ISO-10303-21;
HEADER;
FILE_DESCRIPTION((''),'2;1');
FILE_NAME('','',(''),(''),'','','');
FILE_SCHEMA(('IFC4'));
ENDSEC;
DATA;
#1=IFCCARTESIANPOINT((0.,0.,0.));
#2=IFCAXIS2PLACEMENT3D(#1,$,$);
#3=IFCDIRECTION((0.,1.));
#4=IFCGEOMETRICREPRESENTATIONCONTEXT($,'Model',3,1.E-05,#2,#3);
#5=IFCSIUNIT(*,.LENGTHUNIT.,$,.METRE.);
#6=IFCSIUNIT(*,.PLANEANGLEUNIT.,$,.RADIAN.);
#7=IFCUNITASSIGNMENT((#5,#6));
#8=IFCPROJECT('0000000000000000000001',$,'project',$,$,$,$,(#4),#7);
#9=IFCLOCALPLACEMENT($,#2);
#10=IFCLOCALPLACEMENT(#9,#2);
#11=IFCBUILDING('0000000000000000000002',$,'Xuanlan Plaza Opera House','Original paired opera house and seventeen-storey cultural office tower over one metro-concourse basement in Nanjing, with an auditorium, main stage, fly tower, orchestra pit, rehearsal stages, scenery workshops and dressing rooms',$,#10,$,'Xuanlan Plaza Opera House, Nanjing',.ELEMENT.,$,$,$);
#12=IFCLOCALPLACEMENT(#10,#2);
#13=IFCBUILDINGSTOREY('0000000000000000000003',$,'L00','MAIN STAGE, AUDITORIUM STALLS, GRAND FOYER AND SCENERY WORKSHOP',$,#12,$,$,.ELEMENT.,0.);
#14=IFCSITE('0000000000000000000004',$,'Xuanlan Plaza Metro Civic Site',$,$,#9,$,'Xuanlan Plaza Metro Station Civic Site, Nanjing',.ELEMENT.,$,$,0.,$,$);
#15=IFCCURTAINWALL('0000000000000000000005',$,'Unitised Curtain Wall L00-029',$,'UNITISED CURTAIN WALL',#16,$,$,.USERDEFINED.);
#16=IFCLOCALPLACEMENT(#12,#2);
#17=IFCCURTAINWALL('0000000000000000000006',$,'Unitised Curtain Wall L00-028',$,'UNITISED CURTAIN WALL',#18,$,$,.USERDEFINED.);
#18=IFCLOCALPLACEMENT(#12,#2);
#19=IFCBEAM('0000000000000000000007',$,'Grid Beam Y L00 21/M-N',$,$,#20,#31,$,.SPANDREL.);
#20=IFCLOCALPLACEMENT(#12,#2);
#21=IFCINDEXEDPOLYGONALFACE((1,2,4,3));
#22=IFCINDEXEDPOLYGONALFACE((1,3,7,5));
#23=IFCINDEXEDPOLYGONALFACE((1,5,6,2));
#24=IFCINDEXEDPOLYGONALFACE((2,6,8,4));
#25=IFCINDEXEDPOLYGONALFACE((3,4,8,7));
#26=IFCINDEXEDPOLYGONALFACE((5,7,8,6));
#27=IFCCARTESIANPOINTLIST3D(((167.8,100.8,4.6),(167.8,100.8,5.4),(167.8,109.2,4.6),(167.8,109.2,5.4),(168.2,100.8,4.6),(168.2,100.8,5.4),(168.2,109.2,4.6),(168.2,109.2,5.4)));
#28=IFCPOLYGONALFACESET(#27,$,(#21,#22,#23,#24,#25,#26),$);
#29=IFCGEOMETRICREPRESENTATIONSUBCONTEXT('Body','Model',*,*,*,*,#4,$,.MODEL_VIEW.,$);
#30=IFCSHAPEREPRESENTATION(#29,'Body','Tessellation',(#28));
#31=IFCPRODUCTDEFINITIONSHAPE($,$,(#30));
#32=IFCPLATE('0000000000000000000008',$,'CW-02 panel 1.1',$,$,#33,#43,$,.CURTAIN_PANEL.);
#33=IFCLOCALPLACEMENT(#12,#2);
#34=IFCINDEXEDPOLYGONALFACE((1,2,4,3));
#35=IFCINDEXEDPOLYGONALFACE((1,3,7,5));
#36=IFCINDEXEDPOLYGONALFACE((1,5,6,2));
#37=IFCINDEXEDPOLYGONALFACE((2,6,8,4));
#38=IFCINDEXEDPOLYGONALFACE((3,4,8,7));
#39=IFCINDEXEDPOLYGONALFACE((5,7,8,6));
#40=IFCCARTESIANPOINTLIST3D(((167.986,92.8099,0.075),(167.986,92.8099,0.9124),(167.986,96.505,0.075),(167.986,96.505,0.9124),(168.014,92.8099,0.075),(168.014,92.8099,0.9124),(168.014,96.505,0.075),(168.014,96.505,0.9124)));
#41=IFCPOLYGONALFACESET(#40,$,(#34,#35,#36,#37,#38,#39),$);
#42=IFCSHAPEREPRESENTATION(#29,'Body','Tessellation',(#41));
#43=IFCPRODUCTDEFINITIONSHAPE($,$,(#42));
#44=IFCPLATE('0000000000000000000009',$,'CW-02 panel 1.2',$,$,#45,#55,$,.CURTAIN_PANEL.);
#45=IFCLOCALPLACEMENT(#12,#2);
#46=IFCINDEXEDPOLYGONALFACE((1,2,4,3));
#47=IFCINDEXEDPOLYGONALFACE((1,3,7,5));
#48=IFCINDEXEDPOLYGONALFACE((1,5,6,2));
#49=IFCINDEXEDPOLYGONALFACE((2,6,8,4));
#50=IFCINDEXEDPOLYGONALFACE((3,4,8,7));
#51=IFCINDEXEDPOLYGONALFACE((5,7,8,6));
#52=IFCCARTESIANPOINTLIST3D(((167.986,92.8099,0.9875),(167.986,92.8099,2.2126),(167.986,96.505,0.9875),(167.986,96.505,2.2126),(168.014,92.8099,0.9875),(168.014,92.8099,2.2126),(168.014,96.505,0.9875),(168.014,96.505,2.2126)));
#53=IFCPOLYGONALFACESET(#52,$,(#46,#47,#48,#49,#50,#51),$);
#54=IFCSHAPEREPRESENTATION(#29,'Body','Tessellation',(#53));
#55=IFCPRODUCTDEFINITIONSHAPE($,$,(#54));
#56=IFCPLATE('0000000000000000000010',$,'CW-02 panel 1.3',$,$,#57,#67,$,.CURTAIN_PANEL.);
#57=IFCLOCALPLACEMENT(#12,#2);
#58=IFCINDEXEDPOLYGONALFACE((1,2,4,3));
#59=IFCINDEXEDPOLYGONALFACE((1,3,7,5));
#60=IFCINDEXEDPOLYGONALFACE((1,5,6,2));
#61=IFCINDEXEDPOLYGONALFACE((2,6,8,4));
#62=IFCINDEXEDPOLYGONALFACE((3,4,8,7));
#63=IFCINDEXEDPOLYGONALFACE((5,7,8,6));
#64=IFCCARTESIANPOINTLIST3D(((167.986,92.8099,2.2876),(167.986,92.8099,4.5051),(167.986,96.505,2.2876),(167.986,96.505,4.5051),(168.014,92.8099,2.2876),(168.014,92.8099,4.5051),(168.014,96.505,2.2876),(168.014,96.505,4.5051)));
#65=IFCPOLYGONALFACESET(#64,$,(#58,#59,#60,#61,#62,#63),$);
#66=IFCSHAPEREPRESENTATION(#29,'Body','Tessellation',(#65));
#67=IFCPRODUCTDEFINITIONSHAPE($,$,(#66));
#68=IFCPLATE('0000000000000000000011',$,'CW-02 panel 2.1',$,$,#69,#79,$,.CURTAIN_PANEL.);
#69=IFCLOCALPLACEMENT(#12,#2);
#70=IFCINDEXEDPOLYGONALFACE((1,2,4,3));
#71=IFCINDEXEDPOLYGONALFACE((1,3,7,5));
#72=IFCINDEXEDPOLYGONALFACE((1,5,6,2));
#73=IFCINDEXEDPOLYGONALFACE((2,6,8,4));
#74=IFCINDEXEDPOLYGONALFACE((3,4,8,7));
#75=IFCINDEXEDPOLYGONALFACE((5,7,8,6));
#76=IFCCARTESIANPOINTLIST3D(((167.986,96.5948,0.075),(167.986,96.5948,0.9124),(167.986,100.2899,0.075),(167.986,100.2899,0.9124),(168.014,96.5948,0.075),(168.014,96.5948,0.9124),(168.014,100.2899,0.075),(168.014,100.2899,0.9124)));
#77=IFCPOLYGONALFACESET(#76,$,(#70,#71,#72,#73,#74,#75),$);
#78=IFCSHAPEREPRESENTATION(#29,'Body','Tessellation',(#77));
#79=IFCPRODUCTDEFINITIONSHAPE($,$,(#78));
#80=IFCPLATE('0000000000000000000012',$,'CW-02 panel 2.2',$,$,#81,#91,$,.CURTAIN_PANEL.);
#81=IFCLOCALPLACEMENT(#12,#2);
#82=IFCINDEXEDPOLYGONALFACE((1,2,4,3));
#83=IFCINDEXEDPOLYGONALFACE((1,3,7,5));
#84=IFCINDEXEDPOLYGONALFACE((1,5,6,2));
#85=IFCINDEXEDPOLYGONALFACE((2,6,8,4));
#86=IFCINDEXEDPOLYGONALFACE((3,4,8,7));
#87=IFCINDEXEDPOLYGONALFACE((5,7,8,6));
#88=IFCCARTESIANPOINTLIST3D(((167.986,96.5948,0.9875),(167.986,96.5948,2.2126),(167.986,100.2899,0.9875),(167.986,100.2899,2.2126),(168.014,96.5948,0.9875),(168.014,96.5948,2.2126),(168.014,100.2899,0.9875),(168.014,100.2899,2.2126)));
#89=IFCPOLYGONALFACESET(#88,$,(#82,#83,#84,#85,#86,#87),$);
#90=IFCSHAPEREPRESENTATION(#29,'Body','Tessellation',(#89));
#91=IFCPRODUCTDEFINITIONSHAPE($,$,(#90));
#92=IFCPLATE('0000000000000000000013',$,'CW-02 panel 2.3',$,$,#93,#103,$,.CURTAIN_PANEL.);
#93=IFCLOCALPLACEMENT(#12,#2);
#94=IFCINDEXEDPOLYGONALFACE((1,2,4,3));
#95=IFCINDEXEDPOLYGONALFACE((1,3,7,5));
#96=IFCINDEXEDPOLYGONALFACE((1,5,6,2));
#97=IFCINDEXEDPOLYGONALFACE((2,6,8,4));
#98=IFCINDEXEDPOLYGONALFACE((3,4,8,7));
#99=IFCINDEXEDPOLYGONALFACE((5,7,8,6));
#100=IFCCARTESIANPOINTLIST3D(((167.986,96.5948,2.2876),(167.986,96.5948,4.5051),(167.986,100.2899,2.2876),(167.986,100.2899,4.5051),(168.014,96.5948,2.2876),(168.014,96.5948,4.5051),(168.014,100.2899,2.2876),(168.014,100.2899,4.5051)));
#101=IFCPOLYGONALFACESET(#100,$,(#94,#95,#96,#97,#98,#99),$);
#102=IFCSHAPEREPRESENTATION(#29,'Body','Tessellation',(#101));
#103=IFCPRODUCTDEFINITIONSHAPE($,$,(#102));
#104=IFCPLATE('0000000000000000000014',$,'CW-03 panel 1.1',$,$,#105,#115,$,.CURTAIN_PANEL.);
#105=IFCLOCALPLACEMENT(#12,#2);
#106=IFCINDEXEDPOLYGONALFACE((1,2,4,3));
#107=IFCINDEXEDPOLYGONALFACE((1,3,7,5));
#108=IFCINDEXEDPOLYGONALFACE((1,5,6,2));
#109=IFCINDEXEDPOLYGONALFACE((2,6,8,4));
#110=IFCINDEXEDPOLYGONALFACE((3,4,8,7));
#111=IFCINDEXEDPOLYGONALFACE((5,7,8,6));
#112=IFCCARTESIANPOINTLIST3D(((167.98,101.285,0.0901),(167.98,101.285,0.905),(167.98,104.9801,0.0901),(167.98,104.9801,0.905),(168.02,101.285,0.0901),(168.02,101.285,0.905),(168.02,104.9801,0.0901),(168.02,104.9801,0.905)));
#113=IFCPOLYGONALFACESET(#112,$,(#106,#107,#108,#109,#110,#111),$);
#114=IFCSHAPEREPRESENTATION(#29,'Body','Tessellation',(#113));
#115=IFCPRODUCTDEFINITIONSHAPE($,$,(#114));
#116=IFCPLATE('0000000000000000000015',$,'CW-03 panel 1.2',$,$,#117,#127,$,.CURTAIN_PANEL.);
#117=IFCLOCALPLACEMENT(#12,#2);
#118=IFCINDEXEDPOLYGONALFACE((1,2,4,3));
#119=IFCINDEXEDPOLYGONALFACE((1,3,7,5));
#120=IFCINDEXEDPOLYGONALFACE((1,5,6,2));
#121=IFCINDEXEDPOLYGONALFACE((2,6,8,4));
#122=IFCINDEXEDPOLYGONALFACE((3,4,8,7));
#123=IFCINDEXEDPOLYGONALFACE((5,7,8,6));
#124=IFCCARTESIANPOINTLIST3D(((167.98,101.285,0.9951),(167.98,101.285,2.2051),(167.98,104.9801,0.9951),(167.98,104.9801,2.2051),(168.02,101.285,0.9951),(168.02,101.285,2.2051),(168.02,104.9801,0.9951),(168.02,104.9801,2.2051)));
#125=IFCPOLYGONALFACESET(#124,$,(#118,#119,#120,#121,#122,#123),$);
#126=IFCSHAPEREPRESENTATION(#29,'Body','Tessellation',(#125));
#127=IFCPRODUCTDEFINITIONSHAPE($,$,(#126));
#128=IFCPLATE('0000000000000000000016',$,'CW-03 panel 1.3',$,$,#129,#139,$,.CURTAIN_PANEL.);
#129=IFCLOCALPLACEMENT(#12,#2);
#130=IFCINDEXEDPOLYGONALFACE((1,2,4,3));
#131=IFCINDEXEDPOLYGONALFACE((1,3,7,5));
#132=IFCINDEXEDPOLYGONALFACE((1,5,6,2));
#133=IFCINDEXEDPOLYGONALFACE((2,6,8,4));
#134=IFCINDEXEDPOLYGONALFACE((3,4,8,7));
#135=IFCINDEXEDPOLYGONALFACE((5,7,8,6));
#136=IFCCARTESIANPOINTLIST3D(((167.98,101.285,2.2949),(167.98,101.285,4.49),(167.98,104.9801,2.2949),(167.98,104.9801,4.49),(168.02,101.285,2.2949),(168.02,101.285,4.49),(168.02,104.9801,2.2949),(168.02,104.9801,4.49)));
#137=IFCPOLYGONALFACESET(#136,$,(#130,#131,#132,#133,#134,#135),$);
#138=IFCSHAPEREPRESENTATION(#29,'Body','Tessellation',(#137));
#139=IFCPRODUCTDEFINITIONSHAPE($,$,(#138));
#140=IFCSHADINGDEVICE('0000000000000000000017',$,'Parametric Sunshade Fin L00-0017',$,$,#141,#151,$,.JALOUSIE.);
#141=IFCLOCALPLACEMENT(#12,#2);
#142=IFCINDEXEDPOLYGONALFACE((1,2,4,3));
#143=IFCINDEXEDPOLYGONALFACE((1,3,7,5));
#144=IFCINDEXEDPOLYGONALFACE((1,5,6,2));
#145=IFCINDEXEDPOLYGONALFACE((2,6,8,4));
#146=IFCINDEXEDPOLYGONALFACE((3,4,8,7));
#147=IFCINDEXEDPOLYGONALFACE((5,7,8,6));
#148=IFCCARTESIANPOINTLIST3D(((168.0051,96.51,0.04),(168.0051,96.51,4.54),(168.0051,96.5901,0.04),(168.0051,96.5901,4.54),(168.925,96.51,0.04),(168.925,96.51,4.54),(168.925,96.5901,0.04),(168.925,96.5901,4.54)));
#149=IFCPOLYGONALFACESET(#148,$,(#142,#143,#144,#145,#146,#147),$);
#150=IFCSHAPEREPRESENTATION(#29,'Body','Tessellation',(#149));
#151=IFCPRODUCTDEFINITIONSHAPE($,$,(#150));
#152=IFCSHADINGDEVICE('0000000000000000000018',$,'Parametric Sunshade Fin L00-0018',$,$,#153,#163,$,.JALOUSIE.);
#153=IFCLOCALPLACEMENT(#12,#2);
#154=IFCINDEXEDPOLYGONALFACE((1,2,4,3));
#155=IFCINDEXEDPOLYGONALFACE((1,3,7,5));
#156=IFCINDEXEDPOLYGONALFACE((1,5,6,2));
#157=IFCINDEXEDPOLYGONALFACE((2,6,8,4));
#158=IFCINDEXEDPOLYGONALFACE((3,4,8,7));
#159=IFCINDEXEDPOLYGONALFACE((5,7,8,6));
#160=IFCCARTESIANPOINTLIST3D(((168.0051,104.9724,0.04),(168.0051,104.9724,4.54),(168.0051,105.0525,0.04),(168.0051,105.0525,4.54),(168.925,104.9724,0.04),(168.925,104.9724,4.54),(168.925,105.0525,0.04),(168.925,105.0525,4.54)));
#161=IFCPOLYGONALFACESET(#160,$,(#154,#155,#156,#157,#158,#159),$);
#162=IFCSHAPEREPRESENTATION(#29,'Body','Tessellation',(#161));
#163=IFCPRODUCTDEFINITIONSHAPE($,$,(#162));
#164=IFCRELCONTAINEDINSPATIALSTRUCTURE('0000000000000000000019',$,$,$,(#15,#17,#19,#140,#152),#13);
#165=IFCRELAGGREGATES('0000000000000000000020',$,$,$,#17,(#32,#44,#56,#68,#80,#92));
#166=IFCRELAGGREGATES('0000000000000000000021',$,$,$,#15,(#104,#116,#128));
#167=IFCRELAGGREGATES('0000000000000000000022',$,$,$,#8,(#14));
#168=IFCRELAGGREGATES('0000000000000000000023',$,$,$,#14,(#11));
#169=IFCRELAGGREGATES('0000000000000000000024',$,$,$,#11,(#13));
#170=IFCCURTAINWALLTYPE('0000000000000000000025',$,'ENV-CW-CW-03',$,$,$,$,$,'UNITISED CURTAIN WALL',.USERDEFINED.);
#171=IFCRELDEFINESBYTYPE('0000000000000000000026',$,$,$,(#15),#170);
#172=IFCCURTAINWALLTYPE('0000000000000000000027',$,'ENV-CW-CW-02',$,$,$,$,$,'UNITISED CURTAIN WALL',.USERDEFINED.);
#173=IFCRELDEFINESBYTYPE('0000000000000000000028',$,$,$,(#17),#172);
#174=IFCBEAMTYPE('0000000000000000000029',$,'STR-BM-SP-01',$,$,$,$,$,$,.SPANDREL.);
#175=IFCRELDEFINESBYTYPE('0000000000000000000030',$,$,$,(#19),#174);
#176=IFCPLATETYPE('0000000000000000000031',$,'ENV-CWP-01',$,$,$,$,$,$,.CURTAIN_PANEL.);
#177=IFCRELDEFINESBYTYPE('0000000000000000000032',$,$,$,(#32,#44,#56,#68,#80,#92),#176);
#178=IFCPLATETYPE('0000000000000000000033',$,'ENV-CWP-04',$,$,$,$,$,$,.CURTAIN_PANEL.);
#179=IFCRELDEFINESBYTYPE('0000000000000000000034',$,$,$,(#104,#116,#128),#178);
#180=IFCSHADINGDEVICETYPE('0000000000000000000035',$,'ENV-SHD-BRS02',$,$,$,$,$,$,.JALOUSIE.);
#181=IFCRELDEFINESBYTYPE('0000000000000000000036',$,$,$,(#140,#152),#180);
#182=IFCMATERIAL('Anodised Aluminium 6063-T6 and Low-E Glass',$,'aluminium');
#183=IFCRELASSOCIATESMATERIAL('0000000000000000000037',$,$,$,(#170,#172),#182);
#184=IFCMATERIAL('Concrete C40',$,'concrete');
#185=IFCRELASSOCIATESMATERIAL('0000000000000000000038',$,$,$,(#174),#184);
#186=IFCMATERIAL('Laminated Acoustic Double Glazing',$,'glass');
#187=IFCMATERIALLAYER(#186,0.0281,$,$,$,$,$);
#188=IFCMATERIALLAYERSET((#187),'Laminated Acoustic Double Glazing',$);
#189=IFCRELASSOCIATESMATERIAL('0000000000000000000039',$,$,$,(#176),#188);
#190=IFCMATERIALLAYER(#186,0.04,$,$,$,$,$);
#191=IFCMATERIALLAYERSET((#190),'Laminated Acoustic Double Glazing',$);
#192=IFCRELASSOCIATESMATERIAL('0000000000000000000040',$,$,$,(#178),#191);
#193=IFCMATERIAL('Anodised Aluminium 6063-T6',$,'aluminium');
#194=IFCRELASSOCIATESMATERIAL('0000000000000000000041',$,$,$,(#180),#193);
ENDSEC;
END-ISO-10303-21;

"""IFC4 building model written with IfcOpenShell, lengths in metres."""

from ifc_helpers import new_model, si_unit, direction, frame, origin, origin_2d, place, context, subcontext, project, spatial, rectangle, extrude, material, layer, layer_set, material_profile, profile_set, type_object, element, aggregate, save


model = new_model("IFC4")

# Units and contexts
model_context = context("Model", 3, precision=1e-05, world=origin(), true_north=direction((0.0, 1.0)))
body_context = subcontext(model_context, "Body", "Model", "MODEL_VIEW")
ifc_project = project(units=[si_unit("LENGTHUNIT", "METRE"), si_unit("PLANEANGLEUNIT", "RADIAN")], contexts=[model_context])

# Site, building, storey
site_placement = place(None, origin())
site = spatial("IfcSite", under=ifc_project, at=site_placement, Name="Xuanlan Plaza Metro Civic Site", LongName="Xuanlan Plaza Metro Station Civic Site, Nanjing", CompositionType="ELEMENT", RefElevation=0.0)
building_placement = place(site_placement, origin())
building = spatial("IfcBuilding", under=site, at=building_placement, Name="Xuanlan Plaza Opera House", Description="Original paired opera house and seventeen-storey cultural office tower over one metro-concourse basement in Nanjing, with an auditorium, main stage, fly tower, orchestra pit, rehearsal stages, scenery workshops and dressing rooms", LongName="Xuanlan Plaza Opera House, Nanjing", CompositionType="ELEMENT")
storey_placement = place(building_placement, origin())
storey = spatial("IfcBuildingStorey", under=building, at=storey_placement, Name="L00", Description="MAIN STAGE, AUDITORIUM STALLS, GRAND FOYER AND SCENERY WORKSHOP", CompositionType="ELEMENT", Elevation=0.0)

# Shared definitions
ifc_material_1 = material(Name="Concrete C40", Category="concrete")

# Curtain walls
ifc_material_2 = material(Name="Anodised Aluminium 6063-T6 and Low-E Glass", Category="aluminium")
curtain_wall_type_1 = type_object("IfcCurtainWallType", Name="ENV-CW-CW-03", ElementType="UNITISED CURTAIN WALL", PredefinedType="USERDEFINED", material=ifc_material_2)
curtain_wall_1_placement = place(storey_placement, origin())
curtain_wall_1 = element("IfcCurtainWall", 1, at=curtain_wall_1_placement, inside=storey, type_object=curtain_wall_type_1, Name="Unitised Curtain Wall L00-029", ObjectType="UNITISED CURTAIN WALL", PredefinedType="USERDEFINED")
ifc_material_3 = material(Name="Anodised Aluminium 6063-T6", Category="aluminium")
curtain_wall_type_2 = type_object("IfcCurtainWallType", Name="ENV-CW-CW-02", ElementType="UNITISED CURTAIN WALL", PredefinedType="USERDEFINED", material=ifc_material_2)
curtain_wall_2_placement = place(storey_placement, origin())
curtain_wall_2 = element("IfcCurtainWall", 2, at=curtain_wall_2_placement, inside=storey, type_object=curtain_wall_type_2, Name="Unitised Curtain Wall L00-028", ObjectType="UNITISED CURTAIN WALL", PredefinedType="USERDEFINED")

# Beam
ifc_material_profile_1 = material_profile(ifc_material_1, rectangle(XDim=0.3999, YDim=0.8, at=origin_2d()), Name="RC-SPD 400x800")
ifc_profile_set_1 = profile_set([ifc_material_profile_1], Name="Concrete C40")
beam_type = type_object("IfcBeamType", Name="STR-BM-SP-01", PredefinedType="SPANDREL", material=ifc_profile_set_1)
beam_placement = place(storey_placement, frame((168.0, 100.8, 5.0), z_axis=(0.0, 1.0, 0.0), x_axis=(-1.0, 0.0, 0.0)))
element("IfcBeam", 3, at=beam_placement, inside=storey, type_object=beam_type, Name="Grid Beam Y L00 21/M-N", PredefinedType="SPANDREL", context=body_context, shape_type="SweptSolid", body=[
    extrude(rectangle(XDim=0.3999, YDim=0.8, at=origin_2d()), origin(), (0.0, 0.0, 1.0), 8.3999),
])

# Plates
ifc_material_4 = material(Name="Laminated Acoustic Double Glazing", Category="glass")
ifc_layer_1 = layer(ifc_material_4, 0.0281)
ifc_layer_set_1 = layer_set([ifc_layer_1], Name="Laminated Acoustic Double Glazing")
plate_type_1 = type_object("IfcPlateType", Name="ENV-CWP-01", PredefinedType="CURTAIN_PANEL", material=ifc_layer_set_1)
plate_1_placement = place(storey_placement, frame((168.0, 94.6575, 0.075), z_axis=(0.0, 0.0, 1.0), x_axis=(0.0, 1.0, 0.0)))
plate_1 = element("IfcPlate", 4, at=plate_1_placement, type_object=plate_type_1, Name="CW-02 panel 1.1", PredefinedType="CURTAIN_PANEL", context=body_context, shape_type="SweptSolid", body=[
    extrude(rectangle(XDim=3.6951, YDim=0.0281, at=origin_2d()), origin(), (0.0, 0.0, 1.0), 0.8374),
])
plate_2_placement = place(storey_placement, frame((168.0, 94.6575, 0.9875), z_axis=(0.0, 0.0, 1.0), x_axis=(0.0, 1.0, 0.0)))
plate_2 = element("IfcPlate", 5, at=plate_2_placement, type_object=plate_type_1, Name="CW-02 panel 1.2", PredefinedType="CURTAIN_PANEL", context=body_context, shape_type="SweptSolid", body=[
    extrude(rectangle(XDim=3.6951, YDim=0.0281, at=origin_2d()), origin(), (0.0, 0.0, 1.0), 1.2251),
])
plate_3_placement = place(storey_placement, frame((168.0, 94.6575, 2.2876), z_axis=(0.0, 0.0, 1.0), x_axis=(0.0, 1.0, 0.0)))
plate_3 = element("IfcPlate", 6, at=plate_3_placement, type_object=plate_type_1, Name="CW-02 panel 1.3", PredefinedType="CURTAIN_PANEL", context=body_context, shape_type="SweptSolid", body=[
    extrude(rectangle(XDim=3.6951, YDim=0.0281, at=origin_2d()), origin(), (0.0, 0.0, 1.0), 2.2175),
])
plate_4_placement = place(storey_placement, frame((168.0, 98.4424, 0.075), z_axis=(0.0, 0.0, 1.0), x_axis=(0.0, 1.0, 0.0)))
plate_4 = element("IfcPlate", 7, at=plate_4_placement, type_object=plate_type_1, Name="CW-02 panel 2.1", PredefinedType="CURTAIN_PANEL", context=body_context, shape_type="SweptSolid", body=[
    extrude(rectangle(XDim=3.6951, YDim=0.0281, at=origin_2d()), origin(), (0.0, 0.0, 1.0), 0.8374),
])
plate_5_placement = place(storey_placement, frame((168.0, 98.4424, 0.9875), z_axis=(0.0, 0.0, 1.0), x_axis=(0.0, 1.0, 0.0)))
plate_5 = element("IfcPlate", 8, at=plate_5_placement, type_object=plate_type_1, Name="CW-02 panel 2.2", PredefinedType="CURTAIN_PANEL", context=body_context, shape_type="SweptSolid", body=[
    extrude(rectangle(XDim=3.6951, YDim=0.0281, at=origin_2d()), origin(), (0.0, 0.0, 1.0), 1.2251),
])
plate_6_placement = place(storey_placement, frame((168.0, 98.4424, 2.2876), z_axis=(0.0, 0.0, 1.0), x_axis=(0.0, 1.0, 0.0)))
plate_6 = element("IfcPlate", 9, at=plate_6_placement, type_object=plate_type_1, Name="CW-02 panel 2.3", PredefinedType="CURTAIN_PANEL", context=body_context, shape_type="SweptSolid", body=[
    extrude(rectangle(XDim=3.6951, YDim=0.0281, at=origin_2d()), origin(), (0.0, 0.0, 1.0), 2.2175),
])
aggregate(curtain_wall_2, [plate_1, plate_2, plate_3, plate_4, plate_5, plate_6])
ifc_layer_2 = layer(ifc_material_4, 0.04)
ifc_layer_set_2 = layer_set([ifc_layer_2], Name="Laminated Acoustic Double Glazing")
plate_type_2 = type_object("IfcPlateType", Name="ENV-CWP-04", PredefinedType="CURTAIN_PANEL", material=ifc_layer_set_2)
plate_7_placement = place(storey_placement, frame((168.0, 103.1326, 0.0901), z_axis=(0.0, 0.0, 1.0), x_axis=(0.0, 1.0, 0.0)))
plate_7 = element("IfcPlate", 10, at=plate_7_placement, type_object=plate_type_2, Name="CW-03 panel 1.1", PredefinedType="CURTAIN_PANEL", context=body_context, shape_type="SweptSolid", body=[
    extrude(rectangle(XDim=3.6951, YDim=0.04, at=origin_2d()), origin(), (0.0, 0.0, 1.0), 0.8149),
])
plate_8_placement = place(storey_placement, frame((168.0, 103.1326, 0.9951), z_axis=(0.0, 0.0, 1.0), x_axis=(0.0, 1.0, 0.0)))
plate_8 = element("IfcPlate", 11, at=plate_8_placement, type_object=plate_type_2, Name="CW-03 panel 1.2", PredefinedType="CURTAIN_PANEL", context=body_context, shape_type="SweptSolid", body=[
    extrude(rectangle(XDim=3.6951, YDim=0.04, at=origin_2d()), origin(), (0.0, 0.0, 1.0), 1.21),
])
plate_9_placement = place(storey_placement, frame((168.0, 103.1326, 2.2949), z_axis=(0.0, 0.0, 1.0), x_axis=(0.0, 1.0, 0.0)))
plate_9 = element("IfcPlate", 12, at=plate_9_placement, type_object=plate_type_2, Name="CW-03 panel 1.3", PredefinedType="CURTAIN_PANEL", context=body_context, shape_type="SweptSolid", body=[
    extrude(rectangle(XDim=3.6951, YDim=0.04, at=origin_2d()), origin(), (0.0, 0.0, 1.0), 2.1951),
])
aggregate(curtain_wall_1, [plate_7, plate_8, plate_9])

# Shading devices
shading_device_type = type_object("IfcShadingDeviceType", Name="ENV-SHD-BRS02", PredefinedType="JALOUSIE", material=ifc_material_3)
for number, where, z_axis, x_axis, name in (
    (13, (168.4651, 96.55, 0.04), (0.0, 0.0, 1.0), (1.0, 0.0, 0.0), "Parametric Sunshade Fin L00-0017"),
    (14, (168.4651, 105.0125, 0.04), (0.0, 0.0, 1.0), (1.0, 0.0, 0.0), "Parametric Sunshade Fin L00-0018"),
):
    element("IfcShadingDevice", number, at=place(storey_placement, frame(where, z_axis=z_axis, x_axis=x_axis)), inside=storey, type_object=shading_device_type, Name=name, PredefinedType="JALOUSIE", context=body_context, shape_type="SweptSolid", body=[
        extrude(rectangle(XDim=0.9199, YDim=0.0801, at=origin_2d()), origin(), (0.0, 0.0, 1.0), 4.5),
    ])

save(model, "model.ifc")
